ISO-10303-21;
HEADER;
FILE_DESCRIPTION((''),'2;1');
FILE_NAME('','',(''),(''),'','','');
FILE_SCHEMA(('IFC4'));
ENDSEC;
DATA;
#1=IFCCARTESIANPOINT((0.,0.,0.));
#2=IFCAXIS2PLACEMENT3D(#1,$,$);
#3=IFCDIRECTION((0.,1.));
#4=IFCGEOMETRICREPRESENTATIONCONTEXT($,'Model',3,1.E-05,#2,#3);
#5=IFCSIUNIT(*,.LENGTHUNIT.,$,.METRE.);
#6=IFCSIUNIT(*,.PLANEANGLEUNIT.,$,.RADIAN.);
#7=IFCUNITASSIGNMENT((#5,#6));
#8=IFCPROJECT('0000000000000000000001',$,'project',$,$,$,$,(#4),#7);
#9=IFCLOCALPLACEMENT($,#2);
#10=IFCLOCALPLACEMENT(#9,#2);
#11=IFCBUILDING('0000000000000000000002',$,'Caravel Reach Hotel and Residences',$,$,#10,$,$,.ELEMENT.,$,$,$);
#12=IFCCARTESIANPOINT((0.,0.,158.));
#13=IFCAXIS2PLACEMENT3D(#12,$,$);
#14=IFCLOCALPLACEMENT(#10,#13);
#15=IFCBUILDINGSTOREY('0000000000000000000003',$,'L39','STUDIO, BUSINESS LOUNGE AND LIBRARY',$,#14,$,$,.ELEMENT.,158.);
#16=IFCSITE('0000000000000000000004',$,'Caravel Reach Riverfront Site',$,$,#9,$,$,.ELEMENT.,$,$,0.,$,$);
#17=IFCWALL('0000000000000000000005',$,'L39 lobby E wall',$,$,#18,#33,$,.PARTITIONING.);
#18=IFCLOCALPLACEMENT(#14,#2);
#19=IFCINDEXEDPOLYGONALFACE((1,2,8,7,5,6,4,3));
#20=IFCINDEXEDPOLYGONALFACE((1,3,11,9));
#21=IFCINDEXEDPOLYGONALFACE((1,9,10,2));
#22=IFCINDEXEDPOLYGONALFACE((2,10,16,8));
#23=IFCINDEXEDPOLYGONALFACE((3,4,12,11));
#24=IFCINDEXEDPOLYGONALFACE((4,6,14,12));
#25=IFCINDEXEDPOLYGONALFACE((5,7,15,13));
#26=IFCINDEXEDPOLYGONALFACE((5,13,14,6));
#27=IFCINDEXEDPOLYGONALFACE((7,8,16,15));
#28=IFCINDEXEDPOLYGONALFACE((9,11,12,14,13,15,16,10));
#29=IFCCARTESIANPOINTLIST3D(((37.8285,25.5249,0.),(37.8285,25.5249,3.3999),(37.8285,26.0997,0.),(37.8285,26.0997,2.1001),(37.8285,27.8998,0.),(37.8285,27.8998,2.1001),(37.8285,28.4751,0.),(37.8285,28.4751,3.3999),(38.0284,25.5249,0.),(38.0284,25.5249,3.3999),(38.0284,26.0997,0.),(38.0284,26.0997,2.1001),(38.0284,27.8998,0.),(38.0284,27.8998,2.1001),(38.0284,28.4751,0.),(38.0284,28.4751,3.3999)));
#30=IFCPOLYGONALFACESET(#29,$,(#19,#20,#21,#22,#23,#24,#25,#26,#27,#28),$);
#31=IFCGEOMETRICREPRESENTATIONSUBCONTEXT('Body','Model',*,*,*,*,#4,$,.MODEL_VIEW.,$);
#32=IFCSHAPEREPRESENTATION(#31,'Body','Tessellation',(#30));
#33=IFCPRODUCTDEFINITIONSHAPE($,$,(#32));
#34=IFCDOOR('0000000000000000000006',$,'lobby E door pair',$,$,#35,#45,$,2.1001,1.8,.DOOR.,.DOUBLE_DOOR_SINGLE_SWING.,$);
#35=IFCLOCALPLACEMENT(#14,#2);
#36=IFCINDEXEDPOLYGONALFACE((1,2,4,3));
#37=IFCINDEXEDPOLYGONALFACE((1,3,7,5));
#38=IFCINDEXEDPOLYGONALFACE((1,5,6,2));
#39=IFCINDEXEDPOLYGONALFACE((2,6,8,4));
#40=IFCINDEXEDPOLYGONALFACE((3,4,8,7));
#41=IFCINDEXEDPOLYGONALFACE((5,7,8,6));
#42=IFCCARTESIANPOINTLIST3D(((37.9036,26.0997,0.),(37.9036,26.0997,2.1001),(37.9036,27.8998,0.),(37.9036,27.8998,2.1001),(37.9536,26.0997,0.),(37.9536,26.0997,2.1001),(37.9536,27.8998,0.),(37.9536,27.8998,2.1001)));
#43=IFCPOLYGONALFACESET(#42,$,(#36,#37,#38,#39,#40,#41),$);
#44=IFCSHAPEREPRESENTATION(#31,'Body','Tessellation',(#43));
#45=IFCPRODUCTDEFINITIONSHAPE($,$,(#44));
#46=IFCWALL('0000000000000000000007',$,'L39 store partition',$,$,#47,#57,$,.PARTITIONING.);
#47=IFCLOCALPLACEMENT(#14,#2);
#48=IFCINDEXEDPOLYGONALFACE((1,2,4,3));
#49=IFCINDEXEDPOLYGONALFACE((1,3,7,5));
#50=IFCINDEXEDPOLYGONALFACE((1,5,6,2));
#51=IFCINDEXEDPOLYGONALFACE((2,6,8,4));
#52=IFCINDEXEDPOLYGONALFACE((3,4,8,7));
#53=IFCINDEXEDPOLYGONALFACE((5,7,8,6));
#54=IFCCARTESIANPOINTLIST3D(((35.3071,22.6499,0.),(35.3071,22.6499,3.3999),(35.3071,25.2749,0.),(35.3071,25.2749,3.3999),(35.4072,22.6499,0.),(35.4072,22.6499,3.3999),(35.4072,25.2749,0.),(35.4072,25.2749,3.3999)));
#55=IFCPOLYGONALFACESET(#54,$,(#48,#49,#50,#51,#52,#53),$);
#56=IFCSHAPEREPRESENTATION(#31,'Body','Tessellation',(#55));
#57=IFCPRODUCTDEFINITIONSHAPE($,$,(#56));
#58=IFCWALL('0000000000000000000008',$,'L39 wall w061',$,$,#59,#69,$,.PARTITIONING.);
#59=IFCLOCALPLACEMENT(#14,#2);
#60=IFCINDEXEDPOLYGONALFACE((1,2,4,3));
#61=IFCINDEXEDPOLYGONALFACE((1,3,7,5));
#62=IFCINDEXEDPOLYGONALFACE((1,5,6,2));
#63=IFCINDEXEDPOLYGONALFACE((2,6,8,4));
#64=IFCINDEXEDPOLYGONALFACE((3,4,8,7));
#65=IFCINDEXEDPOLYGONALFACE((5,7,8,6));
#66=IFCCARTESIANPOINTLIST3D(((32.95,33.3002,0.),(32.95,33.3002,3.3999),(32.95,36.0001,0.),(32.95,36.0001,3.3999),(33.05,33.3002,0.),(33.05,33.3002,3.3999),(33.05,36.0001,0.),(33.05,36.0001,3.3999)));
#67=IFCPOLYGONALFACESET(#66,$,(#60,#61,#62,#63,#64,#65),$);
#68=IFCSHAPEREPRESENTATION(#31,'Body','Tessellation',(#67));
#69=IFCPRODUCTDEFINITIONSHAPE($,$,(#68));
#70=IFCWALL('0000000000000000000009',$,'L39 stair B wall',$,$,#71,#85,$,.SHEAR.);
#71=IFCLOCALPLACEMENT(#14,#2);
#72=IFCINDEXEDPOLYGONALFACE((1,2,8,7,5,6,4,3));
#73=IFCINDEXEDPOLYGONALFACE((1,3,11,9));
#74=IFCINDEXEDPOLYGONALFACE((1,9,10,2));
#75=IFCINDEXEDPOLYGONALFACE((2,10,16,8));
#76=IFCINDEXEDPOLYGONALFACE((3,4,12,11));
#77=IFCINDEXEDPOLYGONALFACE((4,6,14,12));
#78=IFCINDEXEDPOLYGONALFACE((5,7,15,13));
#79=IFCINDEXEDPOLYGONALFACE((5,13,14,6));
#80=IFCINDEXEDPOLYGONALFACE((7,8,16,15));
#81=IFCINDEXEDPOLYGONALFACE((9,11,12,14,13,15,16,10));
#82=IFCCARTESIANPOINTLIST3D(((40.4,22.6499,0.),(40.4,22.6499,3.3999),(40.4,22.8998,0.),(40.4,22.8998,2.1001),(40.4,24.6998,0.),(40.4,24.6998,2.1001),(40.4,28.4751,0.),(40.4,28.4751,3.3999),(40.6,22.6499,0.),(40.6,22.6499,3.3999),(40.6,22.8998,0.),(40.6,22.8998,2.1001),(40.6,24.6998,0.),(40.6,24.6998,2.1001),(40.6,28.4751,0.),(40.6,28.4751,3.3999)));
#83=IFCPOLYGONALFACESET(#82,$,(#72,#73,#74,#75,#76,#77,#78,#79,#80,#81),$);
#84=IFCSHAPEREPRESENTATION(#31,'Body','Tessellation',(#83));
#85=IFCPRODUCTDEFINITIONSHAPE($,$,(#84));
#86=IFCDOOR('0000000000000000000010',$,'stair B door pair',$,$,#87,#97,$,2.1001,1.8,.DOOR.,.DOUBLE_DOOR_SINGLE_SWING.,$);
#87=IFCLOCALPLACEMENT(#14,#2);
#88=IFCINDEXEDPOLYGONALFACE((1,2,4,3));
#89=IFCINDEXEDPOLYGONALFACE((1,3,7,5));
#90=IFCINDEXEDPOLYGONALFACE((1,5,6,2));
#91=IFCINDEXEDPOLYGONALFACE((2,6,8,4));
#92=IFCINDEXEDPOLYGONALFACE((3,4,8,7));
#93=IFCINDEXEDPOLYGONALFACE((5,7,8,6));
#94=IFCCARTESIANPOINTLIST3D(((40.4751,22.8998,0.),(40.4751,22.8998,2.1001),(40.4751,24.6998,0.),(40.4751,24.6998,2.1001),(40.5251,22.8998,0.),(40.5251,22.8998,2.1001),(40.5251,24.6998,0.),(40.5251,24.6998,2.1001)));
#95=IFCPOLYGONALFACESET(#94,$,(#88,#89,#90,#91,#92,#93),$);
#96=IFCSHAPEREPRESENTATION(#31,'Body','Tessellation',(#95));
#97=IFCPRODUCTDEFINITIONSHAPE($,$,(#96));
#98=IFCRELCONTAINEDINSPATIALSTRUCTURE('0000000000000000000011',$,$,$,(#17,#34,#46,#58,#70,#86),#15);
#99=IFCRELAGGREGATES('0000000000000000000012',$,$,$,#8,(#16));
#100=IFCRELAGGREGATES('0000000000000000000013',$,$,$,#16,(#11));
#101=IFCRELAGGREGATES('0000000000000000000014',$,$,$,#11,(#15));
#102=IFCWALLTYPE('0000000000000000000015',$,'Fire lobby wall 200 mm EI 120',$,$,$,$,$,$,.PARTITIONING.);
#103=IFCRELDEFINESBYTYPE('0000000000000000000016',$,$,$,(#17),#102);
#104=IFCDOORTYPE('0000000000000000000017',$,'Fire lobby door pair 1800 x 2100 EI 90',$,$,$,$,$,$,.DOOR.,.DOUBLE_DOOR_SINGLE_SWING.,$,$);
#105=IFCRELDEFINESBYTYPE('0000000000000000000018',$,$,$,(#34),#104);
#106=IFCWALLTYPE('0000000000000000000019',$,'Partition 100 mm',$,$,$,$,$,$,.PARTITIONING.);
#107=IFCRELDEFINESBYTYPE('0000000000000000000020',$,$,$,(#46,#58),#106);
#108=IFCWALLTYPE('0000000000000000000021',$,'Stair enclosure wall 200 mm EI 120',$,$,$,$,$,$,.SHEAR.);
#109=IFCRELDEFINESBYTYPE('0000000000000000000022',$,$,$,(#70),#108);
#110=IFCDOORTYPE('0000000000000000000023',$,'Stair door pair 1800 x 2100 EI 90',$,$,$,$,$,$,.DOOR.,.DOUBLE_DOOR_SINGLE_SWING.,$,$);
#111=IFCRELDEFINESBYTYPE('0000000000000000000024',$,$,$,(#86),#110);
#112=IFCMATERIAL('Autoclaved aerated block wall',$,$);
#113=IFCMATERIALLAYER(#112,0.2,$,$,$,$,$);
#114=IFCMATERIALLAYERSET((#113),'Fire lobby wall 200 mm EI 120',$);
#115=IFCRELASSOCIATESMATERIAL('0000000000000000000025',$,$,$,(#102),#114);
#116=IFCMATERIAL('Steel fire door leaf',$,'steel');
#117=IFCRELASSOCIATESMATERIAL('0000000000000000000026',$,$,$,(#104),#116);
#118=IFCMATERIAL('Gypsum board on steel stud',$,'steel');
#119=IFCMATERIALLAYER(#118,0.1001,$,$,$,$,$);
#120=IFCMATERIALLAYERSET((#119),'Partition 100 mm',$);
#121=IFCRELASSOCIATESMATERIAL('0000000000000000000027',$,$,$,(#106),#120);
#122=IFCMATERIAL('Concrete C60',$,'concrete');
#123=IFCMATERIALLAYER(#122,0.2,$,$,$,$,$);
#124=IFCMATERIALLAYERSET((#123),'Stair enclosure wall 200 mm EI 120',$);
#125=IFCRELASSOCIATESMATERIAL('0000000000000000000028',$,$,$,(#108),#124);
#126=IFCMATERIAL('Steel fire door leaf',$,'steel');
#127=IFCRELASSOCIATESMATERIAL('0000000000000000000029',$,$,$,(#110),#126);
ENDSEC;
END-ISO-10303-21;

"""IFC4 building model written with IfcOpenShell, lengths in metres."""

from ifc_helpers import new_model, si_unit, direction, frame, frame_2d, origin, place, context, subcontext, project, spatial, rectangle, extrude, material, layer, layer_set, type_object, element, fill, save


model = new_model("IFC4")

# Units and contexts
model_context = context("Model", 3, precision=1e-05, world=origin(), true_north=direction((0.0, 1.0)))
body_context = subcontext(model_context, "Body", "Model", "MODEL_VIEW")
ifc_project = project(units=[si_unit("LENGTHUNIT", "METRE"), si_unit("PLANEANGLEUNIT", "RADIAN")], contexts=[model_context])

# Site, building, storey
site_placement = place(None, origin())
site = spatial("IfcSite", under=ifc_project, at=site_placement, Name="Caravel Reach Riverfront Site", CompositionType="ELEMENT", RefElevation=0.0)
building_placement = place(site_placement, origin())
building = spatial("IfcBuilding", under=site, at=building_placement, Name="Caravel Reach Hotel and Residences", CompositionType="ELEMENT")
storey_placement = place(building_placement, frame((0.0, 0.0, 158.0)))
storey = spatial("IfcBuildingStorey", under=building, at=storey_placement, Name="L39", Description="STUDIO, BUSINESS LOUNGE AND LIBRARY", CompositionType="ELEMENT", Elevation=158.0)

# Wall, opening, door
ifc_material_1 = material(Name="Autoclaved aerated block wall")
ifc_layer_1 = layer(ifc_material_1, 0.2)
ifc_layer_set_1 = layer_set([ifc_layer_1], Name="Fire lobby wall 200 mm EI 120")
wall_type_1 = type_object("IfcWallType", Name="Fire lobby wall 200 mm EI 120", PredefinedType="PARTITIONING", material=ifc_layer_set_1)
wall_1_placement = place(storey_placement, frame((37.9285, 25.5249, 0.0), z_axis=(0.0, 0.0, 1.0), x_axis=(0.0, 1.0, 0.0)))
wall_1 = element("IfcWall", 1, at=wall_1_placement, inside=storey, type_object=wall_type_1, Name="L39 lobby E wall", PredefinedType="PARTITIONING", context=body_context, shape_type="SweptSolid", body=[
    extrude(rectangle(XDim=2.9502, YDim=0.2, at=frame_2d((1.4751, 0.0))), origin(), (0.0, 0.0, 1.0), 3.3999),
])
opening_1_placement = place(wall_1_placement, frame((0.575, 0.0, 0.0)))
opening_1 = element("IfcOpeningElement", 2, at=opening_1_placement, cuts=wall_1, PredefinedType="OPENING", context=body_context, shape_type="SweptSolid", body=[
    extrude(rectangle(XDim=1.8, YDim=2.1001, at=frame_2d((0.8999, 1.05))), frame((0.0, 0.1099, 0.0), z_axis=(0.0, -1.0, 0.0), x_axis=(1.0, 0.0, 0.0)), (0.0, 0.0, 1.0), 0.22),
])
ifc_material_2 = material(Name="Steel fire door leaf", Category="steel")
door_type_1 = type_object("IfcDoorType", Name="Fire lobby door pair 1800 x 2100 EI 90", OperationType="DOUBLE_DOOR_SINGLE_SWING", PredefinedType="DOOR", material=ifc_material_2)
door_1_placement = place(opening_1_placement, origin())
door_1 = element("IfcDoor", 3, at=door_1_placement, inside=storey, type_object=door_type_1, Name="lobby E door pair", OperationType="DOUBLE_DOOR_SINGLE_SWING", OverallHeight=2.1001, OverallWidth=1.8, PredefinedType="DOOR", context=body_context, shape_type="SweptSolid", body=[
    extrude(rectangle(XDim=1.8, YDim=2.1001, at=frame_2d((0.8999, 1.05))), frame((0.0, 0.0249, 0.0), z_axis=(0.0, -1.0, 0.0), x_axis=(1.0, 0.0, 0.0)), (0.0, 0.0, 1.0), 0.05),
])
fill(opening_1, door_1)

# Walls
ifc_material_3 = material(Name="Gypsum board on steel stud", Category="steel")
ifc_layer_2 = layer(ifc_material_3, 0.1001)
ifc_layer_set_2 = layer_set([ifc_layer_2], Name="Partition 100 mm")
wall_type_2 = type_object("IfcWallType", Name="Partition 100 mm", PredefinedType="PARTITIONING", material=ifc_layer_set_2)
wall_2_placement = place(storey_placement, frame((35.3572, 22.6499, 0.0), z_axis=(0.0, 0.0, 1.0), x_axis=(0.0, 1.0, 0.0)))
element("IfcWall", 4, at=wall_2_placement, inside=storey, type_object=wall_type_2, Name="L39 store partition", PredefinedType="PARTITIONING", context=body_context, shape_type="SweptSolid", body=[
    extrude(rectangle(XDim=2.625, YDim=0.1001, at=frame_2d((1.3125, 0.0))), origin(), (0.0, 0.0, 1.0), 3.3999),
])
wall_3_placement = place(storey_placement, frame((33.0, 33.3, 0.0), z_axis=(0.0, 0.0, 1.0), x_axis=(0.0, 1.0, 0.0)))
element("IfcWall", 5, at=wall_3_placement, inside=storey, type_object=wall_type_2, Name="L39 wall w061", PredefinedType="PARTITIONING", context=body_context, shape_type="SweptSolid", body=[
    extrude(rectangle(XDim=2.7, YDim=0.1001, at=frame_2d((1.3501, 0.0))), origin(), (0.0, 0.0, 1.0), 3.3999),
])

# Wall, opening, door
ifc_material_4 = material(Name="Concrete C60", Category="concrete")
ifc_layer_3 = layer(ifc_material_4, 0.2)
ifc_layer_set_3 = layer_set([ifc_layer_3], Name="Stair enclosure wall 200 mm EI 120")
wall_type_3 = type_object("IfcWallType", Name="Stair enclosure wall 200 mm EI 120", PredefinedType="SHEAR", material=ifc_layer_set_3)
wall_4_placement = place(storey_placement, frame((40.5, 22.6499, 0.0), z_axis=(0.0, 0.0, 1.0), x_axis=(0.0, 1.0, 0.0)))
wall_4 = element("IfcWall", 6, at=wall_4_placement, inside=storey, type_object=wall_type_3, Name="L39 stair B wall", PredefinedType="SHEAR", context=body_context, shape_type="SweptSolid", body=[
    extrude(rectangle(XDim=5.8252, YDim=0.2, at=frame_2d((2.9126, 0.0))), origin(), (0.0, 0.0, 1.0), 3.3999),
])
opening_2_placement = place(wall_4_placement, frame((0.25, 0.0, 0.0)))
opening_2 = element("IfcOpeningElement", 7, at=opening_2_placement, cuts=wall_4, PredefinedType="OPENING", context=body_context, shape_type="SweptSolid", body=[
    extrude(rectangle(XDim=1.8, YDim=2.1001, at=frame_2d((0.8999, 1.05))), frame((0.0, 0.1099, 0.0), z_axis=(0.0, -1.0, 0.0), x_axis=(1.0, 0.0, 0.0)), (0.0, 0.0, 1.0), 0.22),
])
ifc_material_5 = material(Name="Steel fire door leaf", Category="steel")
door_type_2 = type_object("IfcDoorType", Name="Stair door pair 1800 x 2100 EI 90", OperationType="DOUBLE_DOOR_SINGLE_SWING", PredefinedType="DOOR", material=ifc_material_5)
door_2_placement = place(opening_2_placement, origin())
door_2 = element("IfcDoor", 8, at=door_2_placement, inside=storey, type_object=door_type_2, Name="stair B door pair", OperationType="DOUBLE_DOOR_SINGLE_SWING", OverallHeight=2.1001, OverallWidth=1.8, PredefinedType="DOOR", context=body_context, shape_type="SweptSolid", body=[
    extrude(rectangle(XDim=1.8, YDim=2.1001, at=frame_2d((0.8999, 1.05))), frame((0.0, 0.0249, 0.0), z_axis=(0.0, -1.0, 0.0), x_axis=(1.0, 0.0, 0.0)), (0.0, 0.0, 1.0), 0.05),
])
fill(opening_2, door_2)

save(model, "model.ifc")
